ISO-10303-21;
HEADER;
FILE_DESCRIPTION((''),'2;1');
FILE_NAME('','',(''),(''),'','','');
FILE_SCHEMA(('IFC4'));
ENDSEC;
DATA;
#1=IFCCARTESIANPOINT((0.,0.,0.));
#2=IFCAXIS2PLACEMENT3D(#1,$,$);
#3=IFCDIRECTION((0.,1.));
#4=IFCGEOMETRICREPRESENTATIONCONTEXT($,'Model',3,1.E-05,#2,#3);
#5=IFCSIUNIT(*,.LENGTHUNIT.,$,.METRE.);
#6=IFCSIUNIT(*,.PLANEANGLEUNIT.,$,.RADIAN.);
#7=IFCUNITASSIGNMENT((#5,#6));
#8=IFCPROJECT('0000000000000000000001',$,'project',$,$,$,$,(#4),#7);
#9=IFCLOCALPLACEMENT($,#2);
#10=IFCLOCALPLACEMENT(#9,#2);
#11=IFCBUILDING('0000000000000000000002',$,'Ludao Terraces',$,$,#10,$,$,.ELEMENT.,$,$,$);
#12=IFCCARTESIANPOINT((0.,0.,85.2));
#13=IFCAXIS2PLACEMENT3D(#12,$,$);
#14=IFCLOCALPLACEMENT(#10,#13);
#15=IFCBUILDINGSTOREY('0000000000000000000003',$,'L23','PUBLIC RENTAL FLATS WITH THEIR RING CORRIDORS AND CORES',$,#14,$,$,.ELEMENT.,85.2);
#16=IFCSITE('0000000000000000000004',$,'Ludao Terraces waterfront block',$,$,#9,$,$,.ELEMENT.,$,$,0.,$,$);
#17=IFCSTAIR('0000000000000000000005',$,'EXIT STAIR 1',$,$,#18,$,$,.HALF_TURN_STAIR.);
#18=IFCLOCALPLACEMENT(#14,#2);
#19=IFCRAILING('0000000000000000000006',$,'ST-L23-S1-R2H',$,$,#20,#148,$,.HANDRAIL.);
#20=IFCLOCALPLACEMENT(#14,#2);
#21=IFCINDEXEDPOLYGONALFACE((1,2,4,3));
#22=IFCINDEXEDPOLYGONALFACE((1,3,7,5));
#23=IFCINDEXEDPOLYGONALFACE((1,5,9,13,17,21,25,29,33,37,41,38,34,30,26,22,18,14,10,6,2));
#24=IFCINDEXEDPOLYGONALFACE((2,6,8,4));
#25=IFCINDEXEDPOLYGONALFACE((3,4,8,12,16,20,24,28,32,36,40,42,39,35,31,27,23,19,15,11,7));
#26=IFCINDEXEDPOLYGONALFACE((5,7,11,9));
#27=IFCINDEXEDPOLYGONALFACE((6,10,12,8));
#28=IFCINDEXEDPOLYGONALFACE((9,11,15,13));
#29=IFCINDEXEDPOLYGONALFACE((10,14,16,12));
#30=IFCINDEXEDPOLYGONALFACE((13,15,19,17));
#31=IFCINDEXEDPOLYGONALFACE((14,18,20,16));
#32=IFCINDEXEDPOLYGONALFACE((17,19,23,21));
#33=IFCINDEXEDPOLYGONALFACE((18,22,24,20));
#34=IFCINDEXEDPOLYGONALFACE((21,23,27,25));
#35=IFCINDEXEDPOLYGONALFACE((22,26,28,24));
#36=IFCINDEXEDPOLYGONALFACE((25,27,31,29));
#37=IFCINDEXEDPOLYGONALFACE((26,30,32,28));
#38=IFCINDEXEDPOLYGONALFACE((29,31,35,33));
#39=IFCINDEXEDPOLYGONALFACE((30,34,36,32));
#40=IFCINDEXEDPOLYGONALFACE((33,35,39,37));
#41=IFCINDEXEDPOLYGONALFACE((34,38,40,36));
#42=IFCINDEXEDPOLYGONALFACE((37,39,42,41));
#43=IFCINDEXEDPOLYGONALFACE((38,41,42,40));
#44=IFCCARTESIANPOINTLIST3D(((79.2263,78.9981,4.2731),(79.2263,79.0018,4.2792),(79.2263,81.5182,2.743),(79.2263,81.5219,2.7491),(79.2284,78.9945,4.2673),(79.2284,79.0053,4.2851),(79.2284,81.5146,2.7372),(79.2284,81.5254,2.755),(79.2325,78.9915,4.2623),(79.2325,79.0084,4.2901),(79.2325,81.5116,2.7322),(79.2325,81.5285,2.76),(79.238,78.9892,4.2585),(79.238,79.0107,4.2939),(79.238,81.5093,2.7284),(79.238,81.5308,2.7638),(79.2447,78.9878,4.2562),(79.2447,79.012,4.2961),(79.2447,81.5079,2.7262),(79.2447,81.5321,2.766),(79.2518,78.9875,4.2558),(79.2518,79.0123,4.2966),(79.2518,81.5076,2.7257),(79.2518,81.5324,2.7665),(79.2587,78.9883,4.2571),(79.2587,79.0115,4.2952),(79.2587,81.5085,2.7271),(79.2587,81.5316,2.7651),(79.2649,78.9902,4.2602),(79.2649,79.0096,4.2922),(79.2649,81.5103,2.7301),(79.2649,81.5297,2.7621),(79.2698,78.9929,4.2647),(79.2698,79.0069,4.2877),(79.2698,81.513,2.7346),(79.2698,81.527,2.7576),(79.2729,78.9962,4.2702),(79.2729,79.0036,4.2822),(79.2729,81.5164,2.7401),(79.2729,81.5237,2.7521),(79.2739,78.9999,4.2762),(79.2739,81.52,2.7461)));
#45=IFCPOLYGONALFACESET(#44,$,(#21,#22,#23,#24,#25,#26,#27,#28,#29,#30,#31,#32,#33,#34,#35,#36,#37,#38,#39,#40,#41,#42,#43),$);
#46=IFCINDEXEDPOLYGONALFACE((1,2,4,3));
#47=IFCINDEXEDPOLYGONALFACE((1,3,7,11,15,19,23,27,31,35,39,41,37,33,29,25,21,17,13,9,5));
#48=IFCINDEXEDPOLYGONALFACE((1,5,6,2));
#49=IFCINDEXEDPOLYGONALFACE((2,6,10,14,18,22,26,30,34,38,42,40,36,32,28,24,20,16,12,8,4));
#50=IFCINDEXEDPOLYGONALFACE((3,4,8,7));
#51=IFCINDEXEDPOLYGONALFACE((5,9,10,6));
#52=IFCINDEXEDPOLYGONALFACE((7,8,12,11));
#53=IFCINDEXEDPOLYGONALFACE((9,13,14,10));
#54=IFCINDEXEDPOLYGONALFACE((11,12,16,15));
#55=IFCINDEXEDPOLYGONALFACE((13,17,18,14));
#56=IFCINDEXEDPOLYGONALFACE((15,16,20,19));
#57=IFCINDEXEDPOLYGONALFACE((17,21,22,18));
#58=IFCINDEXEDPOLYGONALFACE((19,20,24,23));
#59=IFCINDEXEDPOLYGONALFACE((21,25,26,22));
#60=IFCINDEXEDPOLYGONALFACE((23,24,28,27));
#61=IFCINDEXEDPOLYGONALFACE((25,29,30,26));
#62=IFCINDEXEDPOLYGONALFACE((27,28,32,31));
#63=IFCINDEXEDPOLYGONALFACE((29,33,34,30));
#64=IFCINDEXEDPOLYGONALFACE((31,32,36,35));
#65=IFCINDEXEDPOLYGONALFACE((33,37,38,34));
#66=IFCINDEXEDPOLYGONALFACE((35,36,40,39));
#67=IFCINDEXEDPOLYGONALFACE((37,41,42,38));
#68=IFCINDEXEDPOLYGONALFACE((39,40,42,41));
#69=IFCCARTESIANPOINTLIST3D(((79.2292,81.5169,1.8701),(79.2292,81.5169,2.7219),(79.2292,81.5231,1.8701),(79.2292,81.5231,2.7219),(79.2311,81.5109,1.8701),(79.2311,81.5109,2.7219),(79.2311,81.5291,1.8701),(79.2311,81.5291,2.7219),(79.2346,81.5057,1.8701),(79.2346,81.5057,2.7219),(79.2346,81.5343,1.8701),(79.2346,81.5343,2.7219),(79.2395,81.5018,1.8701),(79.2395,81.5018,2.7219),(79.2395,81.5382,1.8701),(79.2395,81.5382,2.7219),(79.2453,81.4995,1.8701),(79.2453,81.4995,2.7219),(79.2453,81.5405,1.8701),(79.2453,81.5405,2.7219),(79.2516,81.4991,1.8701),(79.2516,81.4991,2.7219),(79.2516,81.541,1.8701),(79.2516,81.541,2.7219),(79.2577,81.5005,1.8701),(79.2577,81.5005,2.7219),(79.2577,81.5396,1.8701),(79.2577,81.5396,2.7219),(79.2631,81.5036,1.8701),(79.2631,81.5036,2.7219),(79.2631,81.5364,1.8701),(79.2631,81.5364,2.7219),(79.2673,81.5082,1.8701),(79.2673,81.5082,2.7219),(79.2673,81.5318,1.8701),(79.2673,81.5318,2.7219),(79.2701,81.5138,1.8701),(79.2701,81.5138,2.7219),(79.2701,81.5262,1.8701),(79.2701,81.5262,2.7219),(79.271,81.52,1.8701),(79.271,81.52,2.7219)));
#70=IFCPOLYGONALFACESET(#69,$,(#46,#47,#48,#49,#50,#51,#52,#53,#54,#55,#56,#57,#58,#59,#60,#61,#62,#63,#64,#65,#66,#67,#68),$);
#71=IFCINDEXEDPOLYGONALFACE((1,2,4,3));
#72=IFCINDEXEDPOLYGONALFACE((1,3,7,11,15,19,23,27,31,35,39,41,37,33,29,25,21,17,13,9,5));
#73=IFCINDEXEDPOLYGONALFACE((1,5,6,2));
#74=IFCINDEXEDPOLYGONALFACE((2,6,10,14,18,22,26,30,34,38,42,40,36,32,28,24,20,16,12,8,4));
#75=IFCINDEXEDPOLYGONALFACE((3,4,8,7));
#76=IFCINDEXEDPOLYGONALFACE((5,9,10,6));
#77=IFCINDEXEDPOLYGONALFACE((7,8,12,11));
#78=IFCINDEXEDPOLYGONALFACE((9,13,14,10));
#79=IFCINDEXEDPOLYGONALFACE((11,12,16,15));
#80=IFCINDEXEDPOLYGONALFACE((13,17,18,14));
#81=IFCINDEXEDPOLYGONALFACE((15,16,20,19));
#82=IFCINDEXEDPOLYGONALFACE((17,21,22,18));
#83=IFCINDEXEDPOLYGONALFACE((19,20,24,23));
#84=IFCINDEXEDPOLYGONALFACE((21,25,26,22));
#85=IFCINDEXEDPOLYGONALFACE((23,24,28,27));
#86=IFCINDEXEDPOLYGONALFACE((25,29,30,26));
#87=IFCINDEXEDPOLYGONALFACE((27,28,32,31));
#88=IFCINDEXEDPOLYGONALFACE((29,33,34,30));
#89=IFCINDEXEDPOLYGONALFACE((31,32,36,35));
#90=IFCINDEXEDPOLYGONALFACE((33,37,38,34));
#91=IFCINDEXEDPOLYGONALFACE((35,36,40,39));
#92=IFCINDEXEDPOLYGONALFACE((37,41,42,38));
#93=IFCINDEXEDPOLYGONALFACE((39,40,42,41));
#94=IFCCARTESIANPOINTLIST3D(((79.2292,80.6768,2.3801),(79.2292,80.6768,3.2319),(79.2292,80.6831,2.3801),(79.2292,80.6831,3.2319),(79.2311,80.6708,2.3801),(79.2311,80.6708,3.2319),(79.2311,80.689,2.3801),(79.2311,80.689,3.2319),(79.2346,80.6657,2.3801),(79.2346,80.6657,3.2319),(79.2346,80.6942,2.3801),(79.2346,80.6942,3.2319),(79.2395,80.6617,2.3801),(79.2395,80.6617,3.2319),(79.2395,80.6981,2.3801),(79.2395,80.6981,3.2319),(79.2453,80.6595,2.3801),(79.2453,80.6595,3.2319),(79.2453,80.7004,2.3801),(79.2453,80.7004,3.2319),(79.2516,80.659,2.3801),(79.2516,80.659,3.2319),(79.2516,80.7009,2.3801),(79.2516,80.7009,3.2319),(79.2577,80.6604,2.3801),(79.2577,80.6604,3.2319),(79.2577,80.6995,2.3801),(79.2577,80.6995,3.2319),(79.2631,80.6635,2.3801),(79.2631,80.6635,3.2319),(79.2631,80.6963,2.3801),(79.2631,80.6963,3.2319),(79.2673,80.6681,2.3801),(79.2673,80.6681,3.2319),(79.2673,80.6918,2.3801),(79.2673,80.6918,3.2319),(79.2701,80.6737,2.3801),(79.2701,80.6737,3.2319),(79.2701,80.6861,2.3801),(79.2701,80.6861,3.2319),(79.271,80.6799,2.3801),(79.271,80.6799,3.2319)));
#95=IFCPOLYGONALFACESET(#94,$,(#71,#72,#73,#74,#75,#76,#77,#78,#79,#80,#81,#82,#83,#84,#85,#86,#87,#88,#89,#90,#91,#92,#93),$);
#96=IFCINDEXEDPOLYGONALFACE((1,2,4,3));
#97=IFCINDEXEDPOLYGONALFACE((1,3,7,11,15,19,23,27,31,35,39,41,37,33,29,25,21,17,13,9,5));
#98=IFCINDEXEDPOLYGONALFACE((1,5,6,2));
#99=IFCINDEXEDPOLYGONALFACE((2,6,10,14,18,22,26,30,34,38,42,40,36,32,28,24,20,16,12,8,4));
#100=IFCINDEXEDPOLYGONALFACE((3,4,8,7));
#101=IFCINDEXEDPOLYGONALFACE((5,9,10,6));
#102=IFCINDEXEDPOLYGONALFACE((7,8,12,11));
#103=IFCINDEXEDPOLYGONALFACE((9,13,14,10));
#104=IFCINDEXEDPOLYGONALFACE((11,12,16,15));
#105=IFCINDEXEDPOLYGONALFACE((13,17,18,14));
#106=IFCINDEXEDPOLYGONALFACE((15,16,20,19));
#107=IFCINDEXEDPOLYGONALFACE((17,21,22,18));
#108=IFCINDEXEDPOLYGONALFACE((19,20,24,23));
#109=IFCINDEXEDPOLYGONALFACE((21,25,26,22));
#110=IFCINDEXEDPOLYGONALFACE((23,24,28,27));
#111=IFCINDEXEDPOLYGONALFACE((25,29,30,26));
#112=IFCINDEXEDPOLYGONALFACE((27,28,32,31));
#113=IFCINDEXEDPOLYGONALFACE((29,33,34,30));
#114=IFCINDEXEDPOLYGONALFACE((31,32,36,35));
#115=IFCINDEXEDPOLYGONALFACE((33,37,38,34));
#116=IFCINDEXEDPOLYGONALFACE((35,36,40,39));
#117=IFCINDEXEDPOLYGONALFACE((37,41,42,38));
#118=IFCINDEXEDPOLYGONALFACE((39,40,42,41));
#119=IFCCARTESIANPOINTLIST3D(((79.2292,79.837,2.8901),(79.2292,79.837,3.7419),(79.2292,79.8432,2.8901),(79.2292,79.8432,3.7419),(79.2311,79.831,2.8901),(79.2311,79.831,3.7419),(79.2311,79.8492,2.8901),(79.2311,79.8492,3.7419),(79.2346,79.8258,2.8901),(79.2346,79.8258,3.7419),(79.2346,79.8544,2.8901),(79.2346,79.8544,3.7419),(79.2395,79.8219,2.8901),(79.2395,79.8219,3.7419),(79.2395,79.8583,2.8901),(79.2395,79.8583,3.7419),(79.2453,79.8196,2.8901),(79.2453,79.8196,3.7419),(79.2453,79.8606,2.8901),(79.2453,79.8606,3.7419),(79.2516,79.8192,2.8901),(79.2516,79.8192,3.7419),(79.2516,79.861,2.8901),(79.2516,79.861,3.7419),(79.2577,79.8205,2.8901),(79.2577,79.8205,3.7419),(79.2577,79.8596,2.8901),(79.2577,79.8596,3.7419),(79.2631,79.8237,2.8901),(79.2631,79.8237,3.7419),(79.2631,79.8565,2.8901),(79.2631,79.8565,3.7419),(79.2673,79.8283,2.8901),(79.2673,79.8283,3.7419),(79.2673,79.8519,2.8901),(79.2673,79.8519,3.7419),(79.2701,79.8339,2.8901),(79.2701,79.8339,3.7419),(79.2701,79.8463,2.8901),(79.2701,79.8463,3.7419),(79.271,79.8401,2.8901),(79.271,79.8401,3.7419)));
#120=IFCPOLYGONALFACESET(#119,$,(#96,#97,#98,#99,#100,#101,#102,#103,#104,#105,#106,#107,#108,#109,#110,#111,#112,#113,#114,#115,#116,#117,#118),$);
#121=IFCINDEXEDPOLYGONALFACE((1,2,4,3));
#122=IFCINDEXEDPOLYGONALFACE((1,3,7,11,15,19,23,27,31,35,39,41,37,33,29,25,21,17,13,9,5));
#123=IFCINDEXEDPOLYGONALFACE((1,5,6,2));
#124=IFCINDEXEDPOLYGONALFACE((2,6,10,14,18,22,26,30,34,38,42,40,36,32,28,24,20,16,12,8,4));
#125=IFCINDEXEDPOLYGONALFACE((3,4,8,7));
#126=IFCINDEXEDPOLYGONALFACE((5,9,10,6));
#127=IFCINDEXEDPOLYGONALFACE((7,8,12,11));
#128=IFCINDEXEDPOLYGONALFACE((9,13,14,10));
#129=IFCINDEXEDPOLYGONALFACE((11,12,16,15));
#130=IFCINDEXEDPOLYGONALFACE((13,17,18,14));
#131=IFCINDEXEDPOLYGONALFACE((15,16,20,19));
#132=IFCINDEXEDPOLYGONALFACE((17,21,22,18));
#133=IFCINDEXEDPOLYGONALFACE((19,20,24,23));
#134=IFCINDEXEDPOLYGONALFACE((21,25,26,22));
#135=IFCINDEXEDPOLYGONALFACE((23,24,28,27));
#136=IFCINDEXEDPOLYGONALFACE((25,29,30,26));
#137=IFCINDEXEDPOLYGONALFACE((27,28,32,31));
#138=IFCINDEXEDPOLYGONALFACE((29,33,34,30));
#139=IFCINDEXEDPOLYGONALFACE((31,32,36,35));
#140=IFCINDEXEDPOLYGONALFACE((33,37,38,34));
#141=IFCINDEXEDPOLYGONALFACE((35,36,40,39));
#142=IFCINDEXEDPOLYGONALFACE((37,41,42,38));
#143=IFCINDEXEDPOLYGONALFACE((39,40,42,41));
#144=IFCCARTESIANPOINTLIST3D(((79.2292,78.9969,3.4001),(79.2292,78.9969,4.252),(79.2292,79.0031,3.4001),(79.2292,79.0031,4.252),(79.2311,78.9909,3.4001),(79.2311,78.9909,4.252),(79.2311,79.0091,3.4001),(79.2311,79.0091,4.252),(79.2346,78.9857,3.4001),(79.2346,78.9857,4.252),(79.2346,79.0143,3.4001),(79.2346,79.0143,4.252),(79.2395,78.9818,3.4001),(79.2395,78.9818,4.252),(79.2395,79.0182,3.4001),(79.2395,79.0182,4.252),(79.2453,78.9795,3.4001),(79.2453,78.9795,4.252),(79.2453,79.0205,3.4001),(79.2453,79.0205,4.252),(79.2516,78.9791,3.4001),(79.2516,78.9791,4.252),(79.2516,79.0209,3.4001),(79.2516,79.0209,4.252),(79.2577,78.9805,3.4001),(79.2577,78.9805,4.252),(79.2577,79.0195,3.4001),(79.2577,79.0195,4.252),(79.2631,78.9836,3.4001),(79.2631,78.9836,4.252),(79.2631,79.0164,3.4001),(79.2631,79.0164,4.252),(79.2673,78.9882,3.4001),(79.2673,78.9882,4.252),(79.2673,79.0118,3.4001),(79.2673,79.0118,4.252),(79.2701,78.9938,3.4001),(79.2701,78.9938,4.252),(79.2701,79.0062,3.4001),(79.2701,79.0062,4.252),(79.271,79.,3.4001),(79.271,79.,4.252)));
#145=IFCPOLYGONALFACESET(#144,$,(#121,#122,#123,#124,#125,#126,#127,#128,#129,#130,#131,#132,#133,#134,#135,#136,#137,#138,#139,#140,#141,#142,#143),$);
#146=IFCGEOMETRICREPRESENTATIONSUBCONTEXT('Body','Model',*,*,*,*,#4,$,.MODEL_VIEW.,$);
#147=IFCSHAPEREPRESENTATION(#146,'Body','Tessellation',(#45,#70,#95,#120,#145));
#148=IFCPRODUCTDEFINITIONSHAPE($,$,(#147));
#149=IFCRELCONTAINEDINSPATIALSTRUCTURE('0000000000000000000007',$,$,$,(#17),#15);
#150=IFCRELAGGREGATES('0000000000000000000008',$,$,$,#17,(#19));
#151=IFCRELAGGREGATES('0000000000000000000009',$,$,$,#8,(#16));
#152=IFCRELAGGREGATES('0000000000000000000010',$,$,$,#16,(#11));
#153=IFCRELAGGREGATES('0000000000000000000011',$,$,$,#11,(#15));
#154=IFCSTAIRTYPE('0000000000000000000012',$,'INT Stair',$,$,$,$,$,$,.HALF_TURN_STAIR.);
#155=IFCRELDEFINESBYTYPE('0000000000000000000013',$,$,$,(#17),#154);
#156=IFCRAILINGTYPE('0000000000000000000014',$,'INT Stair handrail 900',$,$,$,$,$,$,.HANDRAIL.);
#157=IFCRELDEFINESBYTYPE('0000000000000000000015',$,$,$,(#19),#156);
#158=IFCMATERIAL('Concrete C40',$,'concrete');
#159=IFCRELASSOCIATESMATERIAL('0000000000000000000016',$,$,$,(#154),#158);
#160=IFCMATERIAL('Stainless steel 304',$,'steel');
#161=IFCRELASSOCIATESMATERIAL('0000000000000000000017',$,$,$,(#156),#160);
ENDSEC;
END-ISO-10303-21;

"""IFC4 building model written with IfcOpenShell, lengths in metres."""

from ifc_helpers import new_model, si_unit, direction, frame, origin, origin_2d, place, context, subcontext, project, spatial, circle, extrude, material, type_object, element, aggregate, save


model = new_model("IFC4")

# Units and contexts
model_context = context("Model", 3, precision=1e-05, world=origin(), true_north=direction((0.0, 1.0)))
body_context = subcontext(model_context, "Body", "Model", "MODEL_VIEW")
ifc_project = project(units=[si_unit("LENGTHUNIT", "METRE"), si_unit("PLANEANGLEUNIT", "RADIAN")], contexts=[model_context])

# Site, building, storey
site_placement = place(None, origin())
site = spatial("IfcSite", under=ifc_project, at=site_placement, Name="Ludao Terraces waterfront block", CompositionType="ELEMENT", RefElevation=0.0)
building_placement = place(site_placement, origin())
building = spatial("IfcBuilding", under=site, at=building_placement, Name="Ludao Terraces", CompositionType="ELEMENT")
storey_placement = place(building_placement, frame((0.0, 0.0, 85.2)))
storey = spatial("IfcBuildingStorey", under=building, at=storey_placement, Name="L23", Description="PUBLIC RENTAL FLATS WITH THEIR RING CORRIDORS AND CORES", CompositionType="ELEMENT", Elevation=85.2)

# Shared definitions
ifc_material_1 = material(Name="Stainless steel 304", Category="steel")

# Stair, railing
ifc_material_2 = material(Name="Concrete C40", Category="concrete")
stair_type = type_object("IfcStairType", Name="INT Stair", PredefinedType="HALF_TURN_STAIR", material=ifc_material_2)
stair_placement = place(storey_placement, origin())
stair = element("IfcStair", 1, at=stair_placement, inside=storey, type_object=stair_type, Name="EXIT STAIR 1", PredefinedType="HALF_TURN_STAIR")
railing_type_1 = type_object("IfcRailingType", Name="INT Stair handrail 900", PredefinedType="HANDRAIL", material=ifc_material_1)
railing_1_placement = place(storey_placement, frame((79.25, 81.52, 1.8701)))
railing_1 = element("IfcRailing", 2, at=railing_1_placement, type_object=railing_type_1, Name="ST-L23-S1-R2H", PredefinedType="HANDRAIL", context=body_context, shape_type="SweptSolid", body=[
    extrude(circle(Radius=0.0239, at=origin_2d()), frame((0.0, 0.0, 0.876), z_axis=(0.0, -0.854785, 0.518982), x_axis=(1.0, 0.0, 0.0)), (0.0, 0.0, 1.0), 2.9482),
    extrude(circle(Radius=0.021, at=origin_2d()), origin(), (0.0, 0.0, 1.0), 0.8518),
    extrude(circle(Radius=0.021, at=origin_2d()), frame((0.0, -0.8401, 0.51)), (0.0, 0.0, 1.0), 0.8518),
    extrude(circle(Radius=0.021, at=origin_2d()), frame((0.0, -1.6799, 1.02)), (0.0, 0.0, 1.0), 0.8518),
    extrude(circle(Radius=0.021, at=origin_2d()), frame((0.0, -2.52, 1.53)), (0.0, 0.0, 1.0), 0.8518),
])
aggregate(stair, [railing_1])

save(model, "model.ifc")
